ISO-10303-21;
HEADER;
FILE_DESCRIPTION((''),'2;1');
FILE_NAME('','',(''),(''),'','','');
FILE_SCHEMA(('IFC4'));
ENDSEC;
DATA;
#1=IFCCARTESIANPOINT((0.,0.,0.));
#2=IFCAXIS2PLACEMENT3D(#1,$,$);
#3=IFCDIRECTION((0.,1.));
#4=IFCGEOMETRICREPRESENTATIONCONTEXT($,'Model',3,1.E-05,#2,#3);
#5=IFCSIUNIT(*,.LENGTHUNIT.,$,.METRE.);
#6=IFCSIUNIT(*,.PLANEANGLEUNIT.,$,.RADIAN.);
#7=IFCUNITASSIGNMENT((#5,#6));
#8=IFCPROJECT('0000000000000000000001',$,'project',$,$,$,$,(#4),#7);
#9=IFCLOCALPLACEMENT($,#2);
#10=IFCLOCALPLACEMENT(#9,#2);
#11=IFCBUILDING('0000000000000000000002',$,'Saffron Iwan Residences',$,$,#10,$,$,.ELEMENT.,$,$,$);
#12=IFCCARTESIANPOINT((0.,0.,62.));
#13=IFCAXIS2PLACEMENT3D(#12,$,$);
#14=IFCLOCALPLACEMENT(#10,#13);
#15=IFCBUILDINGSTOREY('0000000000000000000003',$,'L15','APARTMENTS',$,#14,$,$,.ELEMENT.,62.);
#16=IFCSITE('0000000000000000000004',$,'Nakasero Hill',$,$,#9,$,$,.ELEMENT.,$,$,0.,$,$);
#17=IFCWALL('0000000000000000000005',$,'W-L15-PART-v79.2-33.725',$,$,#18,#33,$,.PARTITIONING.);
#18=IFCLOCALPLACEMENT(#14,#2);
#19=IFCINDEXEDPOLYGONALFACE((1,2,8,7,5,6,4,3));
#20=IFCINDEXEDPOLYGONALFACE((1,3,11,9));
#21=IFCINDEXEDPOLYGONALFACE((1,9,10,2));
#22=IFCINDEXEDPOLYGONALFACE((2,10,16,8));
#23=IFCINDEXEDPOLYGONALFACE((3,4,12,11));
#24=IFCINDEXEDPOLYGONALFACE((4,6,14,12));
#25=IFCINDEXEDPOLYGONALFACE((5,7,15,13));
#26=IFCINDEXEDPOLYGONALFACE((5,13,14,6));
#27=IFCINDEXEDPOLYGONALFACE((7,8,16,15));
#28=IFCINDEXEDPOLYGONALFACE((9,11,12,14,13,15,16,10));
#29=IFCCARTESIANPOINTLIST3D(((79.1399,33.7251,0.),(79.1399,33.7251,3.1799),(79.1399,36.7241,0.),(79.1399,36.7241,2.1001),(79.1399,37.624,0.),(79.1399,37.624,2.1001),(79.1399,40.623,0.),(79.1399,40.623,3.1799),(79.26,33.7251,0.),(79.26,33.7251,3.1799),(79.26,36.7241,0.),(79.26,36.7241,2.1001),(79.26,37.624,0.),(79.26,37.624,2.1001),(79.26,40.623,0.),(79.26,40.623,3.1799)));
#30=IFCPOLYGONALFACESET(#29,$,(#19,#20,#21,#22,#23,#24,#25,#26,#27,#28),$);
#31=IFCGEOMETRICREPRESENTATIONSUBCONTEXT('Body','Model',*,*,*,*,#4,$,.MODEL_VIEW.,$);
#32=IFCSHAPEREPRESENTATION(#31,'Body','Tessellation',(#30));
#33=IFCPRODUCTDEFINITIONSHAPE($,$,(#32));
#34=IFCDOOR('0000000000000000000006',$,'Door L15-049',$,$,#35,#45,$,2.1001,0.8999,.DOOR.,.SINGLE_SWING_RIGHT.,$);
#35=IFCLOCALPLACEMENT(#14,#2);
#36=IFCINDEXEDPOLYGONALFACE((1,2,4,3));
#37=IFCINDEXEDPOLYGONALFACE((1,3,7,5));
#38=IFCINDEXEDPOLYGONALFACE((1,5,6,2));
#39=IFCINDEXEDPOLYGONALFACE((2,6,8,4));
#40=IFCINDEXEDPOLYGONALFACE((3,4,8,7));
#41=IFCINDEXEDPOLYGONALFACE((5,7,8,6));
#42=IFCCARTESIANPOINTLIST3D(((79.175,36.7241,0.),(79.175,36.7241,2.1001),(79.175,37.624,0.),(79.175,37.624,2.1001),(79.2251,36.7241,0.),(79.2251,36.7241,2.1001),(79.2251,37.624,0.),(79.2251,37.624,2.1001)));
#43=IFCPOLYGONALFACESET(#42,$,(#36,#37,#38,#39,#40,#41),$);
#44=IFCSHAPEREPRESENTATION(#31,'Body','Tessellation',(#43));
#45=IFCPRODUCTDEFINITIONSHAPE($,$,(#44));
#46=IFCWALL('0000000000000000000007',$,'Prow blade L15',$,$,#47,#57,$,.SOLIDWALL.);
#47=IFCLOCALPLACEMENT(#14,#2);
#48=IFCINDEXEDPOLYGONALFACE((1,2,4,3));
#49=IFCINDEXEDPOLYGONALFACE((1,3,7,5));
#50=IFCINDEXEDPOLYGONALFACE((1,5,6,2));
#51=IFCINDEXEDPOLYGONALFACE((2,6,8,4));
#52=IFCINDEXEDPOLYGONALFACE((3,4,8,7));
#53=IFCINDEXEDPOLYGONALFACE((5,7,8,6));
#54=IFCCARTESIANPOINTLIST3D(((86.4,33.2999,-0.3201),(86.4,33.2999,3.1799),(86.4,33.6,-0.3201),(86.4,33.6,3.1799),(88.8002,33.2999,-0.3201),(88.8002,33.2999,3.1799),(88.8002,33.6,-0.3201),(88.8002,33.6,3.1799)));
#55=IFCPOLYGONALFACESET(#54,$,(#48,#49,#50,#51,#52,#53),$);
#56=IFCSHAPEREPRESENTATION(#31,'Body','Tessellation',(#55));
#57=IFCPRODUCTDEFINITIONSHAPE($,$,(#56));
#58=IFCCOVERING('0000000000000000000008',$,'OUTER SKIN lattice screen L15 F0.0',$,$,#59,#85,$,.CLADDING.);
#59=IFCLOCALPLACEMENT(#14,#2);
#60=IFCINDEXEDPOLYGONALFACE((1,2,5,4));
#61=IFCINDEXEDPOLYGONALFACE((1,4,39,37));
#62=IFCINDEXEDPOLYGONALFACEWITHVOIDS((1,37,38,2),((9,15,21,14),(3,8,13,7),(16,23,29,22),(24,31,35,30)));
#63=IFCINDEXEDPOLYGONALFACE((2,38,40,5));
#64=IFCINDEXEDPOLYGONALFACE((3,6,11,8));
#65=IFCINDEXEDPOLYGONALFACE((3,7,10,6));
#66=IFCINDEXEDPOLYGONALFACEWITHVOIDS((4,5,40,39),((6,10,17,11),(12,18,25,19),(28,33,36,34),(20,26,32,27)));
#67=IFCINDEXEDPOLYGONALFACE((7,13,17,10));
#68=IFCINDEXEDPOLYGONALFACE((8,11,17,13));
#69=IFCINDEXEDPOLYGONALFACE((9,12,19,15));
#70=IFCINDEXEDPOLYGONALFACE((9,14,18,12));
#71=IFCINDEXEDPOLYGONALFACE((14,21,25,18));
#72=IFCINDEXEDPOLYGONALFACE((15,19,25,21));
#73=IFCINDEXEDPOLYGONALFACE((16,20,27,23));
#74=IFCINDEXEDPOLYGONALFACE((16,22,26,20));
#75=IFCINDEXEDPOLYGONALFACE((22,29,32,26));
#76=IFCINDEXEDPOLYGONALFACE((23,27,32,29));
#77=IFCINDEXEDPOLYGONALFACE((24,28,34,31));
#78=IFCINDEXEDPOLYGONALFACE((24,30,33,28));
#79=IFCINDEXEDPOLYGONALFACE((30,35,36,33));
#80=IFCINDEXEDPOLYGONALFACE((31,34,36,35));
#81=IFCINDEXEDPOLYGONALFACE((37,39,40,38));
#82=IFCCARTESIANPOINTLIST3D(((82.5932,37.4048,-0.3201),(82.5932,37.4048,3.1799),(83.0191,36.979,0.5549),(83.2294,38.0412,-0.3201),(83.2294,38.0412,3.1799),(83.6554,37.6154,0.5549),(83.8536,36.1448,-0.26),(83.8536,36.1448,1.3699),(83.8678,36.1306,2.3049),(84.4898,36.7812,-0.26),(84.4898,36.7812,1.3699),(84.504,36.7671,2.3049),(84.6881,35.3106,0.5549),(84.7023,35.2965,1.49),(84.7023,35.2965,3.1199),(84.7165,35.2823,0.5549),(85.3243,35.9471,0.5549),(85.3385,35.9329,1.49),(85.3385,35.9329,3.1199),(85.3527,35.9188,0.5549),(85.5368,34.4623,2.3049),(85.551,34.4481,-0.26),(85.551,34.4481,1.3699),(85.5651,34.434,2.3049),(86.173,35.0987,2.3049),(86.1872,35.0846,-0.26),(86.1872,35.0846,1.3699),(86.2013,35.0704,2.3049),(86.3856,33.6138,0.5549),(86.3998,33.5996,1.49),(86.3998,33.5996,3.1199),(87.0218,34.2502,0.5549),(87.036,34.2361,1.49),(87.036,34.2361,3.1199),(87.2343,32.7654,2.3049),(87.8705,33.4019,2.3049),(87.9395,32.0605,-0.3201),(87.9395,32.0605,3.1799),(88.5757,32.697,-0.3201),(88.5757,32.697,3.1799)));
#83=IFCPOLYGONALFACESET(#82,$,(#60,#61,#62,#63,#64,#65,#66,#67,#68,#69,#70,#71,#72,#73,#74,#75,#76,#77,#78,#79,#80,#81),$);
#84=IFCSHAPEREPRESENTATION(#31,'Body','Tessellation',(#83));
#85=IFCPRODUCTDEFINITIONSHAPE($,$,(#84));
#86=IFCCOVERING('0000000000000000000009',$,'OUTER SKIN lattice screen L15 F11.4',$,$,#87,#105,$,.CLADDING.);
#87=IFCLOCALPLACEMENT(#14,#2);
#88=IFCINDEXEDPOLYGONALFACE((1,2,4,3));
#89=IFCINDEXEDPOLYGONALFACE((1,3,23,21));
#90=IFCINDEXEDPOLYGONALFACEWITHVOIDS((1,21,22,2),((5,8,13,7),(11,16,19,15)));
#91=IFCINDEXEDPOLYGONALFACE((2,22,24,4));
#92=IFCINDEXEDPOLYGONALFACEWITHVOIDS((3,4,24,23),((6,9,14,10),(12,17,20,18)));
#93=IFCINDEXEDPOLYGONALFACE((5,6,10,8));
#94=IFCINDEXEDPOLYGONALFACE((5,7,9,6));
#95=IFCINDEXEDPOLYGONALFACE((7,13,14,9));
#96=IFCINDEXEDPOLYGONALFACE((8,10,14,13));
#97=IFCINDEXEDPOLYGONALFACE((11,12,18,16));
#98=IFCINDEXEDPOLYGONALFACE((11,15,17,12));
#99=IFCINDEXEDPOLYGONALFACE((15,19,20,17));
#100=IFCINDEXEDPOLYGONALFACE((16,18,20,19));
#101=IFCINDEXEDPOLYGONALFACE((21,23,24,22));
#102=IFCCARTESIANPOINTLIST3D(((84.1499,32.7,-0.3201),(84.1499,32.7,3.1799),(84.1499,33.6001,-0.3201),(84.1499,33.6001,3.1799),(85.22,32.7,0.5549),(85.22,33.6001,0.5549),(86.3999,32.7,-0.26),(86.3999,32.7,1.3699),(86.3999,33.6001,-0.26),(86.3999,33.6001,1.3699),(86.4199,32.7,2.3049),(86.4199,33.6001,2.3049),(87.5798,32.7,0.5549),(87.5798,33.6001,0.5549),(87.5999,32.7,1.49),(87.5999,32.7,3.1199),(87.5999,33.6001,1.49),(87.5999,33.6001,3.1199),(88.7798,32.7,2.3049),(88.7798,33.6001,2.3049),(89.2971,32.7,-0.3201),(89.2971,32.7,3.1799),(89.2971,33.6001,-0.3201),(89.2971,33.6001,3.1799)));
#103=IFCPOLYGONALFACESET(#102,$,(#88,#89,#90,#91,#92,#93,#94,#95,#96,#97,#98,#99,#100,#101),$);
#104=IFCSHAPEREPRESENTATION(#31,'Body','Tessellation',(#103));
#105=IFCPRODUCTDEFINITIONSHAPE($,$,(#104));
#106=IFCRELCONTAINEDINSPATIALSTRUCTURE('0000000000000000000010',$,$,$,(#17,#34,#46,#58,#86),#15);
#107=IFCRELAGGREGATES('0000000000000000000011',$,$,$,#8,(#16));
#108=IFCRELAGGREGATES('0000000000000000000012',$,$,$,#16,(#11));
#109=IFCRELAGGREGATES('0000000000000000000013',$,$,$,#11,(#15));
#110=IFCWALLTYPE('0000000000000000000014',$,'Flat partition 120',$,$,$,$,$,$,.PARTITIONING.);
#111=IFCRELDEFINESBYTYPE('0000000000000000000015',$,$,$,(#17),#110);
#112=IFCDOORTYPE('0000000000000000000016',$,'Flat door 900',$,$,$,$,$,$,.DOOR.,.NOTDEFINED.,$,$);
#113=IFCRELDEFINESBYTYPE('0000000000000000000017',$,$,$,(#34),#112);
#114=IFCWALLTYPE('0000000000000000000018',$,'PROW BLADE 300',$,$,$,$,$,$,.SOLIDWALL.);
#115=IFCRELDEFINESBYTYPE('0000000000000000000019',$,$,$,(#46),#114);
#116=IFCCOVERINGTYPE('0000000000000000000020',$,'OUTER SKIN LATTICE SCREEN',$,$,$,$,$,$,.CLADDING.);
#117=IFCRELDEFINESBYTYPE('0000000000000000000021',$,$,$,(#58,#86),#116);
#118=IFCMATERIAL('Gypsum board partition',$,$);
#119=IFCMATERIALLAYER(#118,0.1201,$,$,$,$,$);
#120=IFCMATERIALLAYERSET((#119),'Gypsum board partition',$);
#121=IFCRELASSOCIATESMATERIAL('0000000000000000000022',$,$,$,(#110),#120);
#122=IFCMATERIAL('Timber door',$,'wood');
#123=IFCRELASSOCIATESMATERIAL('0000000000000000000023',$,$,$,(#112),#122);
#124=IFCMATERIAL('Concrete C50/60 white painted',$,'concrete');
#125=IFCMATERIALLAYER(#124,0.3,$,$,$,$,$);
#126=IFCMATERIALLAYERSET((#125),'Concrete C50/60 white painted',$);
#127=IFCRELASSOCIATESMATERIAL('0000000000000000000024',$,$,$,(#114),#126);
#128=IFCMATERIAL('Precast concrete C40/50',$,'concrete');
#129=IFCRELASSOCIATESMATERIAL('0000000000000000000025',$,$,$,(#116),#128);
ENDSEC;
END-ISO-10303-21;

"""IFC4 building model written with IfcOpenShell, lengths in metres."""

from ifc_helpers import new_model, si_unit, direction, frame, frame_2d, origin, place, context, subcontext, project, spatial, polyline, rectangle, outline, extrude, material, layer, layer_set, type_object, element, fill, save


model = new_model("IFC4")

# Units and contexts
model_context = context("Model", 3, precision=1e-05, world=origin(), true_north=direction((0.0, 1.0)))
body_context = subcontext(model_context, "Body", "Model", "MODEL_VIEW")
ifc_project = project(units=[si_unit("LENGTHUNIT", "METRE"), si_unit("PLANEANGLEUNIT", "RADIAN")], contexts=[model_context])

# Site, building, storey
site_placement = place(None, origin())
site = spatial("IfcSite", under=ifc_project, at=site_placement, Name="Nakasero Hill", CompositionType="ELEMENT", RefElevation=0.0)
building_placement = place(site_placement, origin())
building = spatial("IfcBuilding", under=site, at=building_placement, Name="Saffron Iwan Residences", CompositionType="ELEMENT")
storey_placement = place(building_placement, frame((0.0, 0.0, 62.0)))
storey = spatial("IfcBuildingStorey", under=building, at=storey_placement, Name="L15", Description="APARTMENTS", CompositionType="ELEMENT", Elevation=62.0)

# Shared definitions
ifc_material_1 = material(Name="Concrete C50/60 white painted", Category="concrete")

# Wall, opening, door
ifc_material_2 = material(Name="Gypsum board partition")
ifc_layer_1 = layer(ifc_material_2, 0.1201)
ifc_layer_set_1 = layer_set([ifc_layer_1], Name="Gypsum board partition")
wall_type_1 = type_object("IfcWallType", Name="Flat partition 120", PredefinedType="PARTITIONING", material=ifc_layer_set_1)
wall_1_placement = place(storey_placement, frame((79.2, 33.7251, 0.0), z_axis=(0.0, 0.0, 1.0), x_axis=(0.0, 1.0, 0.0)))
wall_1 = element("IfcWall", 1, at=wall_1_placement, inside=storey, type_object=wall_type_1, Name="W-L15-PART-v79.2-33.725", PredefinedType="PARTITIONING", context=body_context, shape_type="SweptSolid", body=[
    extrude(rectangle(XDim=6.8979, YDim=0.1201, at=frame_2d((3.449, 0.0))), origin(), (0.0, 0.0, 1.0), 3.1799),
])
opening_1_placement = place(wall_1_placement, frame((2.999, 0.0, 0.0)))
opening_1 = element("IfcOpeningElement", 2, at=opening_1_placement, cuts=wall_1, PredefinedType="OPENING", context=body_context, shape_type="SweptSolid", body=[
    extrude(rectangle(XDim=0.8999, YDim=2.1001, at=frame_2d((0.45, 1.05))), frame((0.0, 0.0701, 0.0), z_axis=(0.0, -1.0, 0.0), x_axis=(1.0, 0.0, 0.0)), (0.0, 0.0, 1.0), 0.1401),
])
ifc_material_3 = material(Name="Timber door", Category="wood")
door_type = type_object("IfcDoorType", Name="Flat door 900", OperationType="NOTDEFINED", PredefinedType="DOOR", material=ifc_material_3)
door_placement = place(opening_1_placement, origin())
door = element("IfcDoor", 3, at=door_placement, inside=storey, type_object=door_type, Name="Door L15-049", OperationType="SINGLE_SWING_RIGHT", OverallHeight=2.1001, OverallWidth=0.8999, PredefinedType="DOOR", context=body_context, shape_type="SweptSolid", body=[
    extrude(rectangle(XDim=0.8999, YDim=2.1001, at=frame_2d((0.45, 1.05))), frame((0.0, 0.0249, 0.0), z_axis=(0.0, -1.0, 0.0), x_axis=(1.0, 0.0, 0.0)), (0.0, 0.0, 1.0), 0.05),
])
fill(opening_1, door)

# Wall
ifc_layer_2 = layer(ifc_material_1, 0.3)
ifc_layer_set_2 = layer_set([ifc_layer_2], Name="Concrete C50/60 white painted")
wall_type_2 = type_object("IfcWallType", Name="PROW BLADE 300", PredefinedType="SOLIDWALL", material=ifc_layer_set_2)
wall_2_placement = place(storey_placement, frame((86.3999, 33.45, -0.3201), z_axis=(0.0, 0.0, 1.0), x_axis=(1.0, 0.0, 0.0)))
element("IfcWall", 4, at=wall_2_placement, inside=storey, type_object=wall_type_2, Name="Prow blade L15", PredefinedType="SOLIDWALL", context=body_context, shape_type="SweptSolid", body=[
    extrude(rectangle(XDim=2.4001, YDim=0.3, at=frame_2d((1.2002, 0.0))), origin(), (0.0, 0.0, 1.0), 3.5),
])

# Coverings
ifc_material_4 = material(Name="Precast concrete C40/50", Category="concrete")
covering_type = type_object("IfcCoveringType", Name="OUTER SKIN LATTICE SCREEN", PredefinedType="CLADDING", material=ifc_material_4)
covering_1_placement = place(storey_placement, frame((87.9395, 32.0605, -0.3201), z_axis=(0.706971, 0.707242, 0.0), x_axis=(-0.707242, 0.706971, 0.0)))
element("IfcCovering", 5, at=covering_1_placement, inside=storey, type_object=covering_type, Name="OUTER SKIN lattice screen L15 F0.0", PredefinedType="CLADDING", context=body_context, shape_type="SweptSolid", body=[
    extrude(outline(polyline([(0.0, 0.0), (7.5593, 0.0), (7.5593, 3.5), (0.0, 3.5), (0.0, 0.0)]), holes=[polyline([(2.197, 0.875), (3.3772, 0.0601), (4.5571, 0.875), (3.3772, 1.6899), (2.197, 0.875)]), polyline([(4.5972, 0.875), (5.7771, 0.0601), (6.957, 0.875), (5.7771, 1.6899), (4.5972, 0.875)]), polyline([(0.9971, 2.625), (2.177, 1.8101), (3.3572, 2.625), (2.177, 3.4399), (0.9971, 2.625)]), polyline([(3.3972, 2.625), (4.5771, 1.8101), (5.7571, 2.625), (4.5771, 3.4399), (3.3972, 2.625)])]), origin(), (0.0, 0.0, 1.0), 0.8999),
])
covering_2_placement = place(storey_placement, frame((84.1499, 33.6001, -0.3201), z_axis=(0.0, -1.0, 0.0), x_axis=(1.0, 0.0, 0.0)))
element("IfcCovering", 6, at=covering_2_placement, inside=storey, type_object=covering_type, Name="OUTER SKIN lattice screen L15 F11.4", PredefinedType="CLADDING", context=body_context, shape_type="SweptSolid", body=[
    extrude(outline(polyline([(0.0, 0.0), (5.1472, 0.0), (5.1472, 3.5), (0.0, 3.5), (0.0, 0.0)]), holes=[polyline([(1.0701, 0.875), (2.25, 0.0601), (3.4299, 0.875), (2.25, 1.6899), (1.0701, 0.875)]), polyline([(2.27, 2.625), (3.45, 1.8101), (4.6299, 2.625), (3.45, 3.4399), (2.27, 2.625)])]), origin(), (0.0, 0.0, 1.0), 0.9001),
])

save(model, "model.ifc")
